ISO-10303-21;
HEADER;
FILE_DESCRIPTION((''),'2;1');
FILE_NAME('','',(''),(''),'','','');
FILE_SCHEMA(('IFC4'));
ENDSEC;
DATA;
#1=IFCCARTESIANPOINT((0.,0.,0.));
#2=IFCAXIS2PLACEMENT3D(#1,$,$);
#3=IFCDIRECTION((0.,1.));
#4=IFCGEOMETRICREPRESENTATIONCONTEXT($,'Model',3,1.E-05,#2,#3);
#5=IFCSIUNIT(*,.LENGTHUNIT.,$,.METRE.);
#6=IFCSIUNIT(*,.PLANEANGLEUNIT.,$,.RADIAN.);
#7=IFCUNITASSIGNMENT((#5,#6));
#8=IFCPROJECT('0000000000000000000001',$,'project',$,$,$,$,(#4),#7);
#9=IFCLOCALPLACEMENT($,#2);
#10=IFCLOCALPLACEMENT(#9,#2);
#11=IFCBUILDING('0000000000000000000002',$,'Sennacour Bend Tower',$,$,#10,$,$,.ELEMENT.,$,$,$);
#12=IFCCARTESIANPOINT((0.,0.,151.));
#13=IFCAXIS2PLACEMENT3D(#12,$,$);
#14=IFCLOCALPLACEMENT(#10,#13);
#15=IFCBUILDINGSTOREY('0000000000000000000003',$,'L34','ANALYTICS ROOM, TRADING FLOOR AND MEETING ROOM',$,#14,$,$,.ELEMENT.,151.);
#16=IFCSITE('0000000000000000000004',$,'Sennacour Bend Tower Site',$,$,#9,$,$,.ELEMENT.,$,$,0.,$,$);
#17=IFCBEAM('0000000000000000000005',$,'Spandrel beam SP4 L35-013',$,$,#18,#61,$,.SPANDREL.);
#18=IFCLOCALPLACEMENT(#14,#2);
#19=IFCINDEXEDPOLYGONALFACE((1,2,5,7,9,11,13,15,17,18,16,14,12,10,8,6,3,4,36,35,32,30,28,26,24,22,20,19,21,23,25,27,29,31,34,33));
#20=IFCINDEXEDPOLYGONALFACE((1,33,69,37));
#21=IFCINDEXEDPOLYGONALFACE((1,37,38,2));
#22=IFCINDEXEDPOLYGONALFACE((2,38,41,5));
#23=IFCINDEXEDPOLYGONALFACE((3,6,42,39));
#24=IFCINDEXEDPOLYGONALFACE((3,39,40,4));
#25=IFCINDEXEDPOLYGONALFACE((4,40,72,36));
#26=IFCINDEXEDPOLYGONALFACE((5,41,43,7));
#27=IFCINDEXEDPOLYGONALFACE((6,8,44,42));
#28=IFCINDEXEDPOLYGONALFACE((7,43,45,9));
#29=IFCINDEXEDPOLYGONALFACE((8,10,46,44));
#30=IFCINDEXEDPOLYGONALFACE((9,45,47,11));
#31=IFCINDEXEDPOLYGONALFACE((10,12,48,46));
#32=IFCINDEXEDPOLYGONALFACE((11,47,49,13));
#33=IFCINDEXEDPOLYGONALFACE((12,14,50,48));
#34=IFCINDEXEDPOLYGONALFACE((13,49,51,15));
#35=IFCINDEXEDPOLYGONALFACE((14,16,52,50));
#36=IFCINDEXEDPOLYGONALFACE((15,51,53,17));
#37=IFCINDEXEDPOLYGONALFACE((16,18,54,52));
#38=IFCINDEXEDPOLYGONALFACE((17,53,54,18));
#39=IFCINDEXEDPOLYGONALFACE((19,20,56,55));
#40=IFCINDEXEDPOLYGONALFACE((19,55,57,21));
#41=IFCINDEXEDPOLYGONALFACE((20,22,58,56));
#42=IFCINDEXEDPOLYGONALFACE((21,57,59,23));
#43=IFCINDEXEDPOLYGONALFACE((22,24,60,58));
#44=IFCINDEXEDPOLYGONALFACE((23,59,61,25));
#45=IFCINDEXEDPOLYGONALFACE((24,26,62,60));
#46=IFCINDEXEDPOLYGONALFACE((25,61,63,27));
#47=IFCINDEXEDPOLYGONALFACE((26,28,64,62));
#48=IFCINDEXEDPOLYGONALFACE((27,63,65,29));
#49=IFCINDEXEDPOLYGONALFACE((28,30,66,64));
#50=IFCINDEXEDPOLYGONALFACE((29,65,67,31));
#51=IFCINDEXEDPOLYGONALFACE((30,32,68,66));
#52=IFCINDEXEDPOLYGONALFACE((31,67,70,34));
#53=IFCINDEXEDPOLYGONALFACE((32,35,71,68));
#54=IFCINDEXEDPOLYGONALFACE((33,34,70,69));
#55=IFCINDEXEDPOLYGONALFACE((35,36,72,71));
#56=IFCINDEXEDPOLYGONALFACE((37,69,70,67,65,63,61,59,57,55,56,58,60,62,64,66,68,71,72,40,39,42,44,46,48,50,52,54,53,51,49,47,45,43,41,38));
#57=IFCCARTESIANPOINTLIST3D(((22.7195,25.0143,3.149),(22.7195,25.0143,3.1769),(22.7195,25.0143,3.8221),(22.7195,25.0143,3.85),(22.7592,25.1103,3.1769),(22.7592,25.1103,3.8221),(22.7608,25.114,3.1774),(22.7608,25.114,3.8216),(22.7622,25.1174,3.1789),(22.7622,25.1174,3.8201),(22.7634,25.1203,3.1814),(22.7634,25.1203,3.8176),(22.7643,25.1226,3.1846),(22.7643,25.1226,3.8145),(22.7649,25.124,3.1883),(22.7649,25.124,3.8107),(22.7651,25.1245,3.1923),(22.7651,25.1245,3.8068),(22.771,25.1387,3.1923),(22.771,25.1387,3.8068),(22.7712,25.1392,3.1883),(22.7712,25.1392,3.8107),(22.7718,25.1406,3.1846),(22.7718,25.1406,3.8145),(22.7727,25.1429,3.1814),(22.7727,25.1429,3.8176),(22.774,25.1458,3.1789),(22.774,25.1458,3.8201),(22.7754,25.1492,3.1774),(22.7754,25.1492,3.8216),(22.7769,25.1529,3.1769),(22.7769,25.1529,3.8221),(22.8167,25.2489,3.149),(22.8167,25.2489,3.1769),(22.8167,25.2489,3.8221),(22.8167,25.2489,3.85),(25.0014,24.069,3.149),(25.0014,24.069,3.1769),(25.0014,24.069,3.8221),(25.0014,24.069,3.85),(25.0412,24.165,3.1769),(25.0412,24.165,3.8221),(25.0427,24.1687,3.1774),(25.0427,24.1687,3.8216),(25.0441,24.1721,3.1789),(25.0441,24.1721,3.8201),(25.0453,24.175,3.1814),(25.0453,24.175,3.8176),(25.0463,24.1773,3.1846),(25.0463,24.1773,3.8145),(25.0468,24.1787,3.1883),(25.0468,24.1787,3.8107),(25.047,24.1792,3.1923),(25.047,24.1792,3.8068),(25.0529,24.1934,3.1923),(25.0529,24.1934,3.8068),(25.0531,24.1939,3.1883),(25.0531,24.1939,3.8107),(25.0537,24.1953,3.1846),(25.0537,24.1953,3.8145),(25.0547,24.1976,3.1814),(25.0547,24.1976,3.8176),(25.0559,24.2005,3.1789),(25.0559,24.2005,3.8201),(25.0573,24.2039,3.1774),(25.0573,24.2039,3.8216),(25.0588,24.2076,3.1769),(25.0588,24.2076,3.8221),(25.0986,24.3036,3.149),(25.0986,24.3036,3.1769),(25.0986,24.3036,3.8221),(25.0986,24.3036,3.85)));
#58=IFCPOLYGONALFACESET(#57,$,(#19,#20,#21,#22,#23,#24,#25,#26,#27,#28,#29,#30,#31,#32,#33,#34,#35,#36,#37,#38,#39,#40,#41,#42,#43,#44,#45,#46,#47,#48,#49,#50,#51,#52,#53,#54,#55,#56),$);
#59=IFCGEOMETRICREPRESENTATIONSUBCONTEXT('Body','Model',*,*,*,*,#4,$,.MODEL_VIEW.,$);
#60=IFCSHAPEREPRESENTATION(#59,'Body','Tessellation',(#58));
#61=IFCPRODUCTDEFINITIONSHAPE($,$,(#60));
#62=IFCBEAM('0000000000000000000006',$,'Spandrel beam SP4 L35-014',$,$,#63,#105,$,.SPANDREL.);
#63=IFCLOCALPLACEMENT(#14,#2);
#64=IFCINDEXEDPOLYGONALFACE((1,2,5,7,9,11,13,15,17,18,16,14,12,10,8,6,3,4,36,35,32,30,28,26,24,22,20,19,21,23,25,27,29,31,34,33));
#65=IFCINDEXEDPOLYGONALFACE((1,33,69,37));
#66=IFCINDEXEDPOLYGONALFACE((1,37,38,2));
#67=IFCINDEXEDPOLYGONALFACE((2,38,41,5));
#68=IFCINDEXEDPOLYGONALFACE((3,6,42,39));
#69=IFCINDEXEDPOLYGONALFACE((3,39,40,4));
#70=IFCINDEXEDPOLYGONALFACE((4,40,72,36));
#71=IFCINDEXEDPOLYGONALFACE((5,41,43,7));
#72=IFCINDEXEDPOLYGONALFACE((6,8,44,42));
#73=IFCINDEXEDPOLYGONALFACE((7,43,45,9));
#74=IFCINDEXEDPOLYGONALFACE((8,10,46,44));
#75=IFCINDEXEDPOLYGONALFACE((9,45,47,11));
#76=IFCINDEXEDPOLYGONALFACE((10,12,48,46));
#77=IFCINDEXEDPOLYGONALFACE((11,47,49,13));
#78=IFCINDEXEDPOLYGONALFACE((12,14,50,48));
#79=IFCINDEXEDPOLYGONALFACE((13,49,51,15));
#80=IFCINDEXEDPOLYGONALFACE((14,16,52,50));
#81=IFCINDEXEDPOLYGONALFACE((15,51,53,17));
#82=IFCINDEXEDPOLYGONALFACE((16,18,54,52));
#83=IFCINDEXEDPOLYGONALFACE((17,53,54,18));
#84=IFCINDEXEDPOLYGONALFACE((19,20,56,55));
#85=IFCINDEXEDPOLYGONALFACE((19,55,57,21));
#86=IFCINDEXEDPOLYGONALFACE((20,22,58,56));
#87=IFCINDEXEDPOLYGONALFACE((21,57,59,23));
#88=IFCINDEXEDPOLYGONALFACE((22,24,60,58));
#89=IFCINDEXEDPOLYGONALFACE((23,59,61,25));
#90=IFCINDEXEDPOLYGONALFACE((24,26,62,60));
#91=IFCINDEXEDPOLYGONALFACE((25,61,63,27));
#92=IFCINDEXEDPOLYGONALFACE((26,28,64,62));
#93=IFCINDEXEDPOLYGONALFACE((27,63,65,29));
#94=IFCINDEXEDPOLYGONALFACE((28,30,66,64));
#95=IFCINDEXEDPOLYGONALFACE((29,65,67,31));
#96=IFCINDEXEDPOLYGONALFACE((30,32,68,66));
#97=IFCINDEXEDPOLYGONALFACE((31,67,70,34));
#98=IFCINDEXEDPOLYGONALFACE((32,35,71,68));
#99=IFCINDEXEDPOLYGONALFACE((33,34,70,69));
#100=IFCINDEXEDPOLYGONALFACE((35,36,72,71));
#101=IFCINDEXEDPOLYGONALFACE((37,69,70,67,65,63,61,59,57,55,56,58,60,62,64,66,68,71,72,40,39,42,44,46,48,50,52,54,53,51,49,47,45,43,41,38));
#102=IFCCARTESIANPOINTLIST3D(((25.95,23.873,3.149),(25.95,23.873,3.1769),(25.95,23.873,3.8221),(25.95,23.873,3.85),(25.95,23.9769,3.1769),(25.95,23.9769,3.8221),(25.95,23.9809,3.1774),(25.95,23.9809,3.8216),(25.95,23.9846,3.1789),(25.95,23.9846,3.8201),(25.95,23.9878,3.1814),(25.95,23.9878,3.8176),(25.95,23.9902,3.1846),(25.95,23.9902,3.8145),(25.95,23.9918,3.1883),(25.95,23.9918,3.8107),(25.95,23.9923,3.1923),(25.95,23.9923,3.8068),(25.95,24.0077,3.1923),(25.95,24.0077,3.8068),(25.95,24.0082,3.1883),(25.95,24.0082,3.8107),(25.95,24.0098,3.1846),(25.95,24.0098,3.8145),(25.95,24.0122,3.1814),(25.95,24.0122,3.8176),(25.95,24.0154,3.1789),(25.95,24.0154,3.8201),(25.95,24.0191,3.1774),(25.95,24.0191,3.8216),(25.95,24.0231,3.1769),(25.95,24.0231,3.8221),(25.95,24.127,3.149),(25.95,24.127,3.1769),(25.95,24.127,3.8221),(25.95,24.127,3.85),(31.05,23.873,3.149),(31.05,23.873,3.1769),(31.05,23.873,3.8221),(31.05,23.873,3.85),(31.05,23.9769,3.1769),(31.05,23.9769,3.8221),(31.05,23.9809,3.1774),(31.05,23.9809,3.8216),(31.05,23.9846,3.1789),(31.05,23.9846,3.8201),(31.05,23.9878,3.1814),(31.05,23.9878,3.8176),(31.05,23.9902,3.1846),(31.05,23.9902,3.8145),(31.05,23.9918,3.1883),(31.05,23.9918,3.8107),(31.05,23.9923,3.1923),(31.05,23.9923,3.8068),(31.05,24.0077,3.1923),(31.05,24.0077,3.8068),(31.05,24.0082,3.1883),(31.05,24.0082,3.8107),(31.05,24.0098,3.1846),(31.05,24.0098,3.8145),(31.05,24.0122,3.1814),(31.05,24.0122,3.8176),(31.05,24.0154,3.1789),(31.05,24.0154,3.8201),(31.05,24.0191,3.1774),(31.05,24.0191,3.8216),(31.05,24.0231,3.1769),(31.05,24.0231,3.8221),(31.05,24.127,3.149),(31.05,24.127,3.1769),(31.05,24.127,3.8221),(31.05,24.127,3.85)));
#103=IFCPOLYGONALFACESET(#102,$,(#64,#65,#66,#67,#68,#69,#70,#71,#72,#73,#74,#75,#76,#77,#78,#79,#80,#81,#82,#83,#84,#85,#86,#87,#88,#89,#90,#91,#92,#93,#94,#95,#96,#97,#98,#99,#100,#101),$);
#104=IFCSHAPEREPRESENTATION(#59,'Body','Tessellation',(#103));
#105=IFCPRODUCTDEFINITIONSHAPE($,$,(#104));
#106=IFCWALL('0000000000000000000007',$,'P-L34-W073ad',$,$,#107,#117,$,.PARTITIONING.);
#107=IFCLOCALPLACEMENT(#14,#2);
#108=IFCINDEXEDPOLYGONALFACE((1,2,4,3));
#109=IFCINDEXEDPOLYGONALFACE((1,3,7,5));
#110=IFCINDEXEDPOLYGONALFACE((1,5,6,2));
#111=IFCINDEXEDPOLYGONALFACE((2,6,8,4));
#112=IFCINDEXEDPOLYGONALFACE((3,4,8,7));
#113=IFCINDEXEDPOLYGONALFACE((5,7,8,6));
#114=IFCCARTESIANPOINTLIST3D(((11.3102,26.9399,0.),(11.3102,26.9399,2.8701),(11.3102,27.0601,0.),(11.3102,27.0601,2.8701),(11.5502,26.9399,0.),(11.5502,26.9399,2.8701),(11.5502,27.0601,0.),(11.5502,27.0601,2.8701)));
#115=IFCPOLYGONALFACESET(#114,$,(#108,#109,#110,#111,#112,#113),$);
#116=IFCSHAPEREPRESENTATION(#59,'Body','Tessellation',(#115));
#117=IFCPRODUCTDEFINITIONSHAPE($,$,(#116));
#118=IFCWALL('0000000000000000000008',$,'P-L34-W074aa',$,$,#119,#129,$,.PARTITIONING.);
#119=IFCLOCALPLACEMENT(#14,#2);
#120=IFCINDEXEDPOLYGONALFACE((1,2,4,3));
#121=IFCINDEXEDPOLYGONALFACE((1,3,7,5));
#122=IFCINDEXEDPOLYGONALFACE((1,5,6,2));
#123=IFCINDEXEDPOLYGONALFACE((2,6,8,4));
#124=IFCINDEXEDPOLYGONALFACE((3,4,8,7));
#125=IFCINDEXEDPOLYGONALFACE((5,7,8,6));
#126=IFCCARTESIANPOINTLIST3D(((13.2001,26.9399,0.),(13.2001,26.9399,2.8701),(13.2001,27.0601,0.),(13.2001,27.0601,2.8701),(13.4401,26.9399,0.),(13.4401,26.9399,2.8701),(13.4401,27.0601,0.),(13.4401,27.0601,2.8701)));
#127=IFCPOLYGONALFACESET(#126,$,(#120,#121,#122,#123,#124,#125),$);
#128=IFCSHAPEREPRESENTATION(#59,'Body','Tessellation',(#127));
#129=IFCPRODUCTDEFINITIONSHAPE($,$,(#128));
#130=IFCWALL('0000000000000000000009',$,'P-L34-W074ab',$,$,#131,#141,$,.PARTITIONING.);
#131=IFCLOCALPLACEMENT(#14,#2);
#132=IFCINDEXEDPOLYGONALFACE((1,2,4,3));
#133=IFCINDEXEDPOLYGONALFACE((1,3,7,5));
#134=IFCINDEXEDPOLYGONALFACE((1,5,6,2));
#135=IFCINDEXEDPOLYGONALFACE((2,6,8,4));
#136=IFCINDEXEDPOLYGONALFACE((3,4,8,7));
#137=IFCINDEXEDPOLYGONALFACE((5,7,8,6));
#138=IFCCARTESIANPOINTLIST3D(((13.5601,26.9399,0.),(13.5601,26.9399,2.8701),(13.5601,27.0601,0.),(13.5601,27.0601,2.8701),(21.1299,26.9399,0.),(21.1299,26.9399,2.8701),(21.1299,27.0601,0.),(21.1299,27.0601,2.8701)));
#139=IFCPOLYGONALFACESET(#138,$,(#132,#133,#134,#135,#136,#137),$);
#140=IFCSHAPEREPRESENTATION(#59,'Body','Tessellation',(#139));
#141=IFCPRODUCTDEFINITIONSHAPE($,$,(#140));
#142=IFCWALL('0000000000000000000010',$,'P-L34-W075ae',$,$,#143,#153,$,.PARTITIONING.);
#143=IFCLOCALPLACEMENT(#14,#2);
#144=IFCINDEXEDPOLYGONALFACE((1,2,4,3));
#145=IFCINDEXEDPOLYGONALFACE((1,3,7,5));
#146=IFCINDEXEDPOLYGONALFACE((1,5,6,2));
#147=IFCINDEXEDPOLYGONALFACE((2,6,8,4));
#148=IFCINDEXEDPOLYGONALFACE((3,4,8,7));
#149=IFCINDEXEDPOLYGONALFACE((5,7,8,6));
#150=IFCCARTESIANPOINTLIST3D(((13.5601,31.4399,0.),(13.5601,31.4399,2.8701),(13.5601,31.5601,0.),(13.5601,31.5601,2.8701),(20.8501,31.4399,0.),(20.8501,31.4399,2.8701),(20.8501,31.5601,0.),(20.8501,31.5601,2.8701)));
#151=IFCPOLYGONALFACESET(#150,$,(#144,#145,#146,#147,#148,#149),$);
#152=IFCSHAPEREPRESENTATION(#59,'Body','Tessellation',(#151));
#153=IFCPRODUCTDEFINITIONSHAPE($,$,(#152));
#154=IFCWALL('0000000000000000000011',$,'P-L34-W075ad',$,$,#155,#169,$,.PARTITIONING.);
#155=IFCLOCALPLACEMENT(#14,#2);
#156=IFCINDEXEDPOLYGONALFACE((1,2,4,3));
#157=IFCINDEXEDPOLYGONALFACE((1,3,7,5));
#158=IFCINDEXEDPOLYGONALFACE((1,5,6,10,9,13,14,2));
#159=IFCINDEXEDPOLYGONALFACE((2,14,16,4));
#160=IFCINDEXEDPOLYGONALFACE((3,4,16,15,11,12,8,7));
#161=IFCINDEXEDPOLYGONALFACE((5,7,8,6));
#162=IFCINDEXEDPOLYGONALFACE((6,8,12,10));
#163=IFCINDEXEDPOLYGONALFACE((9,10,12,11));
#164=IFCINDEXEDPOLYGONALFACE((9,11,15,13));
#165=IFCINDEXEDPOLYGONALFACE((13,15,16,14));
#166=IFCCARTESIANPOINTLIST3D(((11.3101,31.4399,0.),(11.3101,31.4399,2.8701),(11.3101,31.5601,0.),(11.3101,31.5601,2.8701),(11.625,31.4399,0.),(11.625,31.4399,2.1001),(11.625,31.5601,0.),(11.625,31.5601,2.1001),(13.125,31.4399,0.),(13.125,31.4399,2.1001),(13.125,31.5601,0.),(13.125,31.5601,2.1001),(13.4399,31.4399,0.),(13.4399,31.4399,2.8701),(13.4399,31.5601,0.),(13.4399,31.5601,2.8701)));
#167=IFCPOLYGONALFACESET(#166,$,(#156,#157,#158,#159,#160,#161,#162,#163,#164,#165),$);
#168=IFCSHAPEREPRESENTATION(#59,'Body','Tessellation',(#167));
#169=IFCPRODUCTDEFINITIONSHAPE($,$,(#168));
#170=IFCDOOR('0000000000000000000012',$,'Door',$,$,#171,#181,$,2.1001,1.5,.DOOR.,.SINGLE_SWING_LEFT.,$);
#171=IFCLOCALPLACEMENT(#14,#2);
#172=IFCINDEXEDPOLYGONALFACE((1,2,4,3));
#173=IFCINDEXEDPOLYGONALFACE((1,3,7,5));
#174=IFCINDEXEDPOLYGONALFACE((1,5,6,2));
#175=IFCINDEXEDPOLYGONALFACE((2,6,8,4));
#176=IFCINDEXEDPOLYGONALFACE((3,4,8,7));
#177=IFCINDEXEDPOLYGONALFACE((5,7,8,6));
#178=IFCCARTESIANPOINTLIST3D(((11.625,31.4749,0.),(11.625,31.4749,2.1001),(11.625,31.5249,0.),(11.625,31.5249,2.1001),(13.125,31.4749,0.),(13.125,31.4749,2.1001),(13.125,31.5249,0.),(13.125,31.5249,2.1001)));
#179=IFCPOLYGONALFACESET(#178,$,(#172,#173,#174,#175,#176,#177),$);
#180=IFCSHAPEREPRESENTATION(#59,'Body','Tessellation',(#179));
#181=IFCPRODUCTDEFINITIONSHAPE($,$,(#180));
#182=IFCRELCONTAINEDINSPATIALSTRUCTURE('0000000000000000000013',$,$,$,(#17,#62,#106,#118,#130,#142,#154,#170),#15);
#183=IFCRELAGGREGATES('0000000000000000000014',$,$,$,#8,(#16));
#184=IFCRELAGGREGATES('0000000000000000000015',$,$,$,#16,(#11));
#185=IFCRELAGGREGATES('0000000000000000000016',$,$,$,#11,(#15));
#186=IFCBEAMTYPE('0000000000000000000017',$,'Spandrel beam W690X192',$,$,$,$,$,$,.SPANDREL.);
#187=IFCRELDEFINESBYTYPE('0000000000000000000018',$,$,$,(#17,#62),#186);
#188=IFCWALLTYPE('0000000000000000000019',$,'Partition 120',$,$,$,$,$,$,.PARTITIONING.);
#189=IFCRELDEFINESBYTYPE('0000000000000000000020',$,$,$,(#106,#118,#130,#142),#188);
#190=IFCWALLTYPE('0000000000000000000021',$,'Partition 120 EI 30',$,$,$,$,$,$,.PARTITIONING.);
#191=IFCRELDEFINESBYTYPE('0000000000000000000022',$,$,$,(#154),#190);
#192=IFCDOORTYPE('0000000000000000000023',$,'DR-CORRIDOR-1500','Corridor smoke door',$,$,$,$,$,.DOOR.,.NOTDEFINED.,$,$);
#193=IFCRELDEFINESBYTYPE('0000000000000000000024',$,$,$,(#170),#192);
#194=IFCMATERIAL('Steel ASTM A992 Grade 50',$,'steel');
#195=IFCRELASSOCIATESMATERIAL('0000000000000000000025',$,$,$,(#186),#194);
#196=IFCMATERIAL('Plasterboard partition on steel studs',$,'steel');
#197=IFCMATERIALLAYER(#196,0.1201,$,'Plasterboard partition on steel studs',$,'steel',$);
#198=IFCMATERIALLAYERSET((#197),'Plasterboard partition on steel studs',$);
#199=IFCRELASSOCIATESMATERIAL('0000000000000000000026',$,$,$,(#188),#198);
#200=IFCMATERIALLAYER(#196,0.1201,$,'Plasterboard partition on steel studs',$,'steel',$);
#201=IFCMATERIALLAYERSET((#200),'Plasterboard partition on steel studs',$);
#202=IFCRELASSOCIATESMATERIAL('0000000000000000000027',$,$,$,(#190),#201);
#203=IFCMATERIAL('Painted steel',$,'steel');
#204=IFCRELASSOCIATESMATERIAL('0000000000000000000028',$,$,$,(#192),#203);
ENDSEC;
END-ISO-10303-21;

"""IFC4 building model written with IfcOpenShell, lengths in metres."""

from ifc_helpers import new_model, si_unit, direction, frame, frame_2d, origin, origin_2d, place, context, subcontext, project, spatial, rectangle, i_section, extrude, material, layer, layer_set, material_profile, profile_set, type_object, element, fill, save


model = new_model("IFC4")

# Units and contexts
model_context = context("Model", 3, precision=1e-05, world=origin(), true_north=direction((0.0, 1.0)))
body_context = subcontext(model_context, "Body", "Model", "MODEL_VIEW")
ifc_project = project(units=[si_unit("LENGTHUNIT", "METRE"), si_unit("PLANEANGLEUNIT", "RADIAN")], contexts=[model_context])

# Site, building, storey
site_placement = place(None, origin())
site = spatial("IfcSite", under=ifc_project, at=site_placement, Name="Sennacour Bend Tower Site", CompositionType="ELEMENT", RefElevation=0.0)
building_placement = place(site_placement, origin())
building = spatial("IfcBuilding", under=site, at=building_placement, Name="Sennacour Bend Tower", CompositionType="ELEMENT")
storey_placement = place(building_placement, frame((0.0, 0.0, 151.0)))
storey = spatial("IfcBuildingStorey", under=building, at=storey_placement, Name="L34", Description="ANALYTICS ROOM, TRADING FLOOR AND MEETING ROOM", CompositionType="ELEMENT", Elevation=151.0)

# Beams
ifc_material_1 = material(Name="Steel ASTM A992 Grade 50", Category="steel")
ifc_material_profile_1 = material_profile(ifc_material_1, i_section(OverallWidth=0.2539, OverallDepth=0.7009, WebThickness=0.0154, FlangeThickness=0.0278, FilletRadius=0.0154, at=origin_2d()), Name="Steel ASTM A992 Grade 50", Category="steel")
ifc_profile_set_1 = profile_set([ifc_material_profile_1], Name="Steel ASTM A992 Grade 50")
beam_type_1 = type_object("IfcBeamType", Name="Spandrel beam W690X192", PredefinedType="SPANDREL", material=ifc_profile_set_1)
for number, where, z_axis, x_axis, name in (
    (1, (22.7681, 25.1316, 3.4995), (0.923867, -0.382713, 0.0), (0.382713, 0.923867, 0.0), "Spandrel beam SP4 L35-013"),
):
    element("IfcBeam", number, at=place(storey_placement, frame(where, z_axis=z_axis, x_axis=x_axis)), inside=storey, type_object=beam_type_1, Name=name, PredefinedType="SPANDREL", context=body_context, shape_type="SweptSolid", body=[
        extrude(i_section(OverallWidth=0.2539, OverallDepth=0.7009, WebThickness=0.0154, FlangeThickness=0.0278, FilletRadius=0.0154, at=origin_2d()), origin(), (0.0, 0.0, 1.0), 2.47),
    ])
beam_1_placement = place(storey_placement, frame((25.95, 24.0, 3.4995), z_axis=(1.0, 0.0, 0.0), x_axis=(0.0, 1.0, 0.0)))
element("IfcBeam", 2, at=beam_1_placement, inside=storey, type_object=beam_type_1, Name="Spandrel beam SP4 L35-014", PredefinedType="SPANDREL", context=body_context, shape_type="SweptSolid", body=[
    extrude(i_section(OverallWidth=0.2539, OverallDepth=0.7009, WebThickness=0.0154, FlangeThickness=0.0278, FilletRadius=0.0154, at=origin_2d()), origin(), (0.0, 0.0, 1.0), 5.1001),
])

# Walls
ifc_material_2 = material(Name="Plasterboard partition on steel studs", Category="steel")
ifc_layer_1 = layer(ifc_material_2, 0.1201, Name="Plasterboard partition on steel studs", Category="steel")
ifc_layer_set_1 = layer_set([ifc_layer_1], Name="Plasterboard partition on steel studs")
wall_type_1 = type_object("IfcWallType", Name="Partition 120", PredefinedType="PARTITIONING", material=ifc_layer_set_1)
for number, where, z_axis, x_axis, name in (
    (3, (11.3101, 27.0, 0.0), (0.0, 0.0, 1.0), (1.0, 0.0, 0.0), "P-L34-W073ad"),
    (4, (13.2, 27.0, 0.0), (0.0, 0.0, 1.0), (1.0, 0.0, 0.0), "P-L34-W074aa"),
):
    element("IfcWall", number, at=place(storey_placement, frame(where, z_axis=z_axis, x_axis=x_axis)), inside=storey, type_object=wall_type_1, Name=name, PredefinedType="PARTITIONING", context=body_context, shape_type="SweptSolid", body=[
        extrude(rectangle(XDim=0.24, YDim=0.1201, at=frame_2d((0.1201, 0.0))), origin(), (0.0, 0.0, 1.0), 2.8701),
    ])
wall_1_placement = place(storey_placement, frame((13.5601, 27.0, 0.0), z_axis=(0.0, 0.0, 1.0), x_axis=(1.0, 0.0, 0.0)))
element("IfcWall", 5, at=wall_1_placement, inside=storey, type_object=wall_type_1, Name="P-L34-W074ab", PredefinedType="PARTITIONING", context=body_context, shape_type="SweptSolid", body=[
    extrude(rectangle(XDim=7.5698, YDim=0.1201, at=frame_2d((3.7849, 0.0))), origin(), (0.0, 0.0, 1.0), 2.8701),
])
wall_2_placement = place(storey_placement, frame((13.5601, 31.5, 0.0), z_axis=(0.0, 0.0, 1.0), x_axis=(1.0, 0.0, 0.0)))
element("IfcWall", 6, at=wall_2_placement, inside=storey, type_object=wall_type_1, Name="P-L34-W075ae", PredefinedType="PARTITIONING", context=body_context, shape_type="SweptSolid", body=[
    extrude(rectangle(XDim=7.29, YDim=0.1201, at=frame_2d((3.645, 0.0))), origin(), (0.0, 0.0, 1.0), 2.8701),
])

# Wall, opening, door
ifc_layer_2 = layer(ifc_material_2, 0.1201, Name="Plasterboard partition on steel studs", Category="steel")
ifc_layer_set_2 = layer_set([ifc_layer_2], Name="Plasterboard partition on steel studs")
wall_type_2 = type_object("IfcWallType", Name="Partition 120 EI 30", PredefinedType="PARTITIONING", material=ifc_layer_set_2)
wall_3_placement = place(storey_placement, frame((11.3101, 31.5, 0.0), z_axis=(0.0, 0.0, 1.0), x_axis=(1.0, 0.0, 0.0)))
wall_3 = element("IfcWall", 7, at=wall_3_placement, inside=storey, type_object=wall_type_2, Name="P-L34-W075ad", PredefinedType="PARTITIONING", context=body_context, shape_type="SweptSolid", body=[
    extrude(rectangle(XDim=2.1299, YDim=0.1201, at=frame_2d((1.0649, 0.0))), origin(), (0.0, 0.0, 1.0), 2.8701),
])
opening_1_placement = place(wall_3_placement, frame((0.3149, 0.0, 0.0)))
opening_1 = element("IfcOpeningElement", 8, at=opening_1_placement, cuts=wall_3, PredefinedType="OPENING", context=body_context, shape_type="SweptSolid", body=[
    extrude(rectangle(XDim=1.5, YDim=2.1001, at=frame_2d((0.75, 1.05))), frame((0.0, 0.0701, 0.0), z_axis=(0.0, -1.0, 0.0), x_axis=(1.0, 0.0, 0.0)), (0.0, 0.0, 1.0), 0.1401),
])
ifc_material_3 = material(Name="Painted steel", Category="steel")
door_type = type_object("IfcDoorType", Name="DR-CORRIDOR-1500", Description="Corridor smoke door", OperationType="NOTDEFINED", PredefinedType="DOOR", material=ifc_material_3)
door_placement = place(opening_1_placement, origin())
door = element("IfcDoor", 9, at=door_placement, inside=storey, type_object=door_type, Name="Door", OperationType="SINGLE_SWING_LEFT", OverallHeight=2.1001, OverallWidth=1.5, PredefinedType="DOOR", context=body_context, shape_type="SweptSolid", body=[
    extrude(rectangle(XDim=1.5, YDim=2.1001, at=frame_2d((0.75, 1.05))), frame((0.0, 0.0249, 0.0), z_axis=(0.0, -1.0, 0.0), x_axis=(1.0, 0.0, 0.0)), (0.0, 0.0, 1.0), 0.05),
])
fill(opening_1, door)

save(model, "model.ifc")
